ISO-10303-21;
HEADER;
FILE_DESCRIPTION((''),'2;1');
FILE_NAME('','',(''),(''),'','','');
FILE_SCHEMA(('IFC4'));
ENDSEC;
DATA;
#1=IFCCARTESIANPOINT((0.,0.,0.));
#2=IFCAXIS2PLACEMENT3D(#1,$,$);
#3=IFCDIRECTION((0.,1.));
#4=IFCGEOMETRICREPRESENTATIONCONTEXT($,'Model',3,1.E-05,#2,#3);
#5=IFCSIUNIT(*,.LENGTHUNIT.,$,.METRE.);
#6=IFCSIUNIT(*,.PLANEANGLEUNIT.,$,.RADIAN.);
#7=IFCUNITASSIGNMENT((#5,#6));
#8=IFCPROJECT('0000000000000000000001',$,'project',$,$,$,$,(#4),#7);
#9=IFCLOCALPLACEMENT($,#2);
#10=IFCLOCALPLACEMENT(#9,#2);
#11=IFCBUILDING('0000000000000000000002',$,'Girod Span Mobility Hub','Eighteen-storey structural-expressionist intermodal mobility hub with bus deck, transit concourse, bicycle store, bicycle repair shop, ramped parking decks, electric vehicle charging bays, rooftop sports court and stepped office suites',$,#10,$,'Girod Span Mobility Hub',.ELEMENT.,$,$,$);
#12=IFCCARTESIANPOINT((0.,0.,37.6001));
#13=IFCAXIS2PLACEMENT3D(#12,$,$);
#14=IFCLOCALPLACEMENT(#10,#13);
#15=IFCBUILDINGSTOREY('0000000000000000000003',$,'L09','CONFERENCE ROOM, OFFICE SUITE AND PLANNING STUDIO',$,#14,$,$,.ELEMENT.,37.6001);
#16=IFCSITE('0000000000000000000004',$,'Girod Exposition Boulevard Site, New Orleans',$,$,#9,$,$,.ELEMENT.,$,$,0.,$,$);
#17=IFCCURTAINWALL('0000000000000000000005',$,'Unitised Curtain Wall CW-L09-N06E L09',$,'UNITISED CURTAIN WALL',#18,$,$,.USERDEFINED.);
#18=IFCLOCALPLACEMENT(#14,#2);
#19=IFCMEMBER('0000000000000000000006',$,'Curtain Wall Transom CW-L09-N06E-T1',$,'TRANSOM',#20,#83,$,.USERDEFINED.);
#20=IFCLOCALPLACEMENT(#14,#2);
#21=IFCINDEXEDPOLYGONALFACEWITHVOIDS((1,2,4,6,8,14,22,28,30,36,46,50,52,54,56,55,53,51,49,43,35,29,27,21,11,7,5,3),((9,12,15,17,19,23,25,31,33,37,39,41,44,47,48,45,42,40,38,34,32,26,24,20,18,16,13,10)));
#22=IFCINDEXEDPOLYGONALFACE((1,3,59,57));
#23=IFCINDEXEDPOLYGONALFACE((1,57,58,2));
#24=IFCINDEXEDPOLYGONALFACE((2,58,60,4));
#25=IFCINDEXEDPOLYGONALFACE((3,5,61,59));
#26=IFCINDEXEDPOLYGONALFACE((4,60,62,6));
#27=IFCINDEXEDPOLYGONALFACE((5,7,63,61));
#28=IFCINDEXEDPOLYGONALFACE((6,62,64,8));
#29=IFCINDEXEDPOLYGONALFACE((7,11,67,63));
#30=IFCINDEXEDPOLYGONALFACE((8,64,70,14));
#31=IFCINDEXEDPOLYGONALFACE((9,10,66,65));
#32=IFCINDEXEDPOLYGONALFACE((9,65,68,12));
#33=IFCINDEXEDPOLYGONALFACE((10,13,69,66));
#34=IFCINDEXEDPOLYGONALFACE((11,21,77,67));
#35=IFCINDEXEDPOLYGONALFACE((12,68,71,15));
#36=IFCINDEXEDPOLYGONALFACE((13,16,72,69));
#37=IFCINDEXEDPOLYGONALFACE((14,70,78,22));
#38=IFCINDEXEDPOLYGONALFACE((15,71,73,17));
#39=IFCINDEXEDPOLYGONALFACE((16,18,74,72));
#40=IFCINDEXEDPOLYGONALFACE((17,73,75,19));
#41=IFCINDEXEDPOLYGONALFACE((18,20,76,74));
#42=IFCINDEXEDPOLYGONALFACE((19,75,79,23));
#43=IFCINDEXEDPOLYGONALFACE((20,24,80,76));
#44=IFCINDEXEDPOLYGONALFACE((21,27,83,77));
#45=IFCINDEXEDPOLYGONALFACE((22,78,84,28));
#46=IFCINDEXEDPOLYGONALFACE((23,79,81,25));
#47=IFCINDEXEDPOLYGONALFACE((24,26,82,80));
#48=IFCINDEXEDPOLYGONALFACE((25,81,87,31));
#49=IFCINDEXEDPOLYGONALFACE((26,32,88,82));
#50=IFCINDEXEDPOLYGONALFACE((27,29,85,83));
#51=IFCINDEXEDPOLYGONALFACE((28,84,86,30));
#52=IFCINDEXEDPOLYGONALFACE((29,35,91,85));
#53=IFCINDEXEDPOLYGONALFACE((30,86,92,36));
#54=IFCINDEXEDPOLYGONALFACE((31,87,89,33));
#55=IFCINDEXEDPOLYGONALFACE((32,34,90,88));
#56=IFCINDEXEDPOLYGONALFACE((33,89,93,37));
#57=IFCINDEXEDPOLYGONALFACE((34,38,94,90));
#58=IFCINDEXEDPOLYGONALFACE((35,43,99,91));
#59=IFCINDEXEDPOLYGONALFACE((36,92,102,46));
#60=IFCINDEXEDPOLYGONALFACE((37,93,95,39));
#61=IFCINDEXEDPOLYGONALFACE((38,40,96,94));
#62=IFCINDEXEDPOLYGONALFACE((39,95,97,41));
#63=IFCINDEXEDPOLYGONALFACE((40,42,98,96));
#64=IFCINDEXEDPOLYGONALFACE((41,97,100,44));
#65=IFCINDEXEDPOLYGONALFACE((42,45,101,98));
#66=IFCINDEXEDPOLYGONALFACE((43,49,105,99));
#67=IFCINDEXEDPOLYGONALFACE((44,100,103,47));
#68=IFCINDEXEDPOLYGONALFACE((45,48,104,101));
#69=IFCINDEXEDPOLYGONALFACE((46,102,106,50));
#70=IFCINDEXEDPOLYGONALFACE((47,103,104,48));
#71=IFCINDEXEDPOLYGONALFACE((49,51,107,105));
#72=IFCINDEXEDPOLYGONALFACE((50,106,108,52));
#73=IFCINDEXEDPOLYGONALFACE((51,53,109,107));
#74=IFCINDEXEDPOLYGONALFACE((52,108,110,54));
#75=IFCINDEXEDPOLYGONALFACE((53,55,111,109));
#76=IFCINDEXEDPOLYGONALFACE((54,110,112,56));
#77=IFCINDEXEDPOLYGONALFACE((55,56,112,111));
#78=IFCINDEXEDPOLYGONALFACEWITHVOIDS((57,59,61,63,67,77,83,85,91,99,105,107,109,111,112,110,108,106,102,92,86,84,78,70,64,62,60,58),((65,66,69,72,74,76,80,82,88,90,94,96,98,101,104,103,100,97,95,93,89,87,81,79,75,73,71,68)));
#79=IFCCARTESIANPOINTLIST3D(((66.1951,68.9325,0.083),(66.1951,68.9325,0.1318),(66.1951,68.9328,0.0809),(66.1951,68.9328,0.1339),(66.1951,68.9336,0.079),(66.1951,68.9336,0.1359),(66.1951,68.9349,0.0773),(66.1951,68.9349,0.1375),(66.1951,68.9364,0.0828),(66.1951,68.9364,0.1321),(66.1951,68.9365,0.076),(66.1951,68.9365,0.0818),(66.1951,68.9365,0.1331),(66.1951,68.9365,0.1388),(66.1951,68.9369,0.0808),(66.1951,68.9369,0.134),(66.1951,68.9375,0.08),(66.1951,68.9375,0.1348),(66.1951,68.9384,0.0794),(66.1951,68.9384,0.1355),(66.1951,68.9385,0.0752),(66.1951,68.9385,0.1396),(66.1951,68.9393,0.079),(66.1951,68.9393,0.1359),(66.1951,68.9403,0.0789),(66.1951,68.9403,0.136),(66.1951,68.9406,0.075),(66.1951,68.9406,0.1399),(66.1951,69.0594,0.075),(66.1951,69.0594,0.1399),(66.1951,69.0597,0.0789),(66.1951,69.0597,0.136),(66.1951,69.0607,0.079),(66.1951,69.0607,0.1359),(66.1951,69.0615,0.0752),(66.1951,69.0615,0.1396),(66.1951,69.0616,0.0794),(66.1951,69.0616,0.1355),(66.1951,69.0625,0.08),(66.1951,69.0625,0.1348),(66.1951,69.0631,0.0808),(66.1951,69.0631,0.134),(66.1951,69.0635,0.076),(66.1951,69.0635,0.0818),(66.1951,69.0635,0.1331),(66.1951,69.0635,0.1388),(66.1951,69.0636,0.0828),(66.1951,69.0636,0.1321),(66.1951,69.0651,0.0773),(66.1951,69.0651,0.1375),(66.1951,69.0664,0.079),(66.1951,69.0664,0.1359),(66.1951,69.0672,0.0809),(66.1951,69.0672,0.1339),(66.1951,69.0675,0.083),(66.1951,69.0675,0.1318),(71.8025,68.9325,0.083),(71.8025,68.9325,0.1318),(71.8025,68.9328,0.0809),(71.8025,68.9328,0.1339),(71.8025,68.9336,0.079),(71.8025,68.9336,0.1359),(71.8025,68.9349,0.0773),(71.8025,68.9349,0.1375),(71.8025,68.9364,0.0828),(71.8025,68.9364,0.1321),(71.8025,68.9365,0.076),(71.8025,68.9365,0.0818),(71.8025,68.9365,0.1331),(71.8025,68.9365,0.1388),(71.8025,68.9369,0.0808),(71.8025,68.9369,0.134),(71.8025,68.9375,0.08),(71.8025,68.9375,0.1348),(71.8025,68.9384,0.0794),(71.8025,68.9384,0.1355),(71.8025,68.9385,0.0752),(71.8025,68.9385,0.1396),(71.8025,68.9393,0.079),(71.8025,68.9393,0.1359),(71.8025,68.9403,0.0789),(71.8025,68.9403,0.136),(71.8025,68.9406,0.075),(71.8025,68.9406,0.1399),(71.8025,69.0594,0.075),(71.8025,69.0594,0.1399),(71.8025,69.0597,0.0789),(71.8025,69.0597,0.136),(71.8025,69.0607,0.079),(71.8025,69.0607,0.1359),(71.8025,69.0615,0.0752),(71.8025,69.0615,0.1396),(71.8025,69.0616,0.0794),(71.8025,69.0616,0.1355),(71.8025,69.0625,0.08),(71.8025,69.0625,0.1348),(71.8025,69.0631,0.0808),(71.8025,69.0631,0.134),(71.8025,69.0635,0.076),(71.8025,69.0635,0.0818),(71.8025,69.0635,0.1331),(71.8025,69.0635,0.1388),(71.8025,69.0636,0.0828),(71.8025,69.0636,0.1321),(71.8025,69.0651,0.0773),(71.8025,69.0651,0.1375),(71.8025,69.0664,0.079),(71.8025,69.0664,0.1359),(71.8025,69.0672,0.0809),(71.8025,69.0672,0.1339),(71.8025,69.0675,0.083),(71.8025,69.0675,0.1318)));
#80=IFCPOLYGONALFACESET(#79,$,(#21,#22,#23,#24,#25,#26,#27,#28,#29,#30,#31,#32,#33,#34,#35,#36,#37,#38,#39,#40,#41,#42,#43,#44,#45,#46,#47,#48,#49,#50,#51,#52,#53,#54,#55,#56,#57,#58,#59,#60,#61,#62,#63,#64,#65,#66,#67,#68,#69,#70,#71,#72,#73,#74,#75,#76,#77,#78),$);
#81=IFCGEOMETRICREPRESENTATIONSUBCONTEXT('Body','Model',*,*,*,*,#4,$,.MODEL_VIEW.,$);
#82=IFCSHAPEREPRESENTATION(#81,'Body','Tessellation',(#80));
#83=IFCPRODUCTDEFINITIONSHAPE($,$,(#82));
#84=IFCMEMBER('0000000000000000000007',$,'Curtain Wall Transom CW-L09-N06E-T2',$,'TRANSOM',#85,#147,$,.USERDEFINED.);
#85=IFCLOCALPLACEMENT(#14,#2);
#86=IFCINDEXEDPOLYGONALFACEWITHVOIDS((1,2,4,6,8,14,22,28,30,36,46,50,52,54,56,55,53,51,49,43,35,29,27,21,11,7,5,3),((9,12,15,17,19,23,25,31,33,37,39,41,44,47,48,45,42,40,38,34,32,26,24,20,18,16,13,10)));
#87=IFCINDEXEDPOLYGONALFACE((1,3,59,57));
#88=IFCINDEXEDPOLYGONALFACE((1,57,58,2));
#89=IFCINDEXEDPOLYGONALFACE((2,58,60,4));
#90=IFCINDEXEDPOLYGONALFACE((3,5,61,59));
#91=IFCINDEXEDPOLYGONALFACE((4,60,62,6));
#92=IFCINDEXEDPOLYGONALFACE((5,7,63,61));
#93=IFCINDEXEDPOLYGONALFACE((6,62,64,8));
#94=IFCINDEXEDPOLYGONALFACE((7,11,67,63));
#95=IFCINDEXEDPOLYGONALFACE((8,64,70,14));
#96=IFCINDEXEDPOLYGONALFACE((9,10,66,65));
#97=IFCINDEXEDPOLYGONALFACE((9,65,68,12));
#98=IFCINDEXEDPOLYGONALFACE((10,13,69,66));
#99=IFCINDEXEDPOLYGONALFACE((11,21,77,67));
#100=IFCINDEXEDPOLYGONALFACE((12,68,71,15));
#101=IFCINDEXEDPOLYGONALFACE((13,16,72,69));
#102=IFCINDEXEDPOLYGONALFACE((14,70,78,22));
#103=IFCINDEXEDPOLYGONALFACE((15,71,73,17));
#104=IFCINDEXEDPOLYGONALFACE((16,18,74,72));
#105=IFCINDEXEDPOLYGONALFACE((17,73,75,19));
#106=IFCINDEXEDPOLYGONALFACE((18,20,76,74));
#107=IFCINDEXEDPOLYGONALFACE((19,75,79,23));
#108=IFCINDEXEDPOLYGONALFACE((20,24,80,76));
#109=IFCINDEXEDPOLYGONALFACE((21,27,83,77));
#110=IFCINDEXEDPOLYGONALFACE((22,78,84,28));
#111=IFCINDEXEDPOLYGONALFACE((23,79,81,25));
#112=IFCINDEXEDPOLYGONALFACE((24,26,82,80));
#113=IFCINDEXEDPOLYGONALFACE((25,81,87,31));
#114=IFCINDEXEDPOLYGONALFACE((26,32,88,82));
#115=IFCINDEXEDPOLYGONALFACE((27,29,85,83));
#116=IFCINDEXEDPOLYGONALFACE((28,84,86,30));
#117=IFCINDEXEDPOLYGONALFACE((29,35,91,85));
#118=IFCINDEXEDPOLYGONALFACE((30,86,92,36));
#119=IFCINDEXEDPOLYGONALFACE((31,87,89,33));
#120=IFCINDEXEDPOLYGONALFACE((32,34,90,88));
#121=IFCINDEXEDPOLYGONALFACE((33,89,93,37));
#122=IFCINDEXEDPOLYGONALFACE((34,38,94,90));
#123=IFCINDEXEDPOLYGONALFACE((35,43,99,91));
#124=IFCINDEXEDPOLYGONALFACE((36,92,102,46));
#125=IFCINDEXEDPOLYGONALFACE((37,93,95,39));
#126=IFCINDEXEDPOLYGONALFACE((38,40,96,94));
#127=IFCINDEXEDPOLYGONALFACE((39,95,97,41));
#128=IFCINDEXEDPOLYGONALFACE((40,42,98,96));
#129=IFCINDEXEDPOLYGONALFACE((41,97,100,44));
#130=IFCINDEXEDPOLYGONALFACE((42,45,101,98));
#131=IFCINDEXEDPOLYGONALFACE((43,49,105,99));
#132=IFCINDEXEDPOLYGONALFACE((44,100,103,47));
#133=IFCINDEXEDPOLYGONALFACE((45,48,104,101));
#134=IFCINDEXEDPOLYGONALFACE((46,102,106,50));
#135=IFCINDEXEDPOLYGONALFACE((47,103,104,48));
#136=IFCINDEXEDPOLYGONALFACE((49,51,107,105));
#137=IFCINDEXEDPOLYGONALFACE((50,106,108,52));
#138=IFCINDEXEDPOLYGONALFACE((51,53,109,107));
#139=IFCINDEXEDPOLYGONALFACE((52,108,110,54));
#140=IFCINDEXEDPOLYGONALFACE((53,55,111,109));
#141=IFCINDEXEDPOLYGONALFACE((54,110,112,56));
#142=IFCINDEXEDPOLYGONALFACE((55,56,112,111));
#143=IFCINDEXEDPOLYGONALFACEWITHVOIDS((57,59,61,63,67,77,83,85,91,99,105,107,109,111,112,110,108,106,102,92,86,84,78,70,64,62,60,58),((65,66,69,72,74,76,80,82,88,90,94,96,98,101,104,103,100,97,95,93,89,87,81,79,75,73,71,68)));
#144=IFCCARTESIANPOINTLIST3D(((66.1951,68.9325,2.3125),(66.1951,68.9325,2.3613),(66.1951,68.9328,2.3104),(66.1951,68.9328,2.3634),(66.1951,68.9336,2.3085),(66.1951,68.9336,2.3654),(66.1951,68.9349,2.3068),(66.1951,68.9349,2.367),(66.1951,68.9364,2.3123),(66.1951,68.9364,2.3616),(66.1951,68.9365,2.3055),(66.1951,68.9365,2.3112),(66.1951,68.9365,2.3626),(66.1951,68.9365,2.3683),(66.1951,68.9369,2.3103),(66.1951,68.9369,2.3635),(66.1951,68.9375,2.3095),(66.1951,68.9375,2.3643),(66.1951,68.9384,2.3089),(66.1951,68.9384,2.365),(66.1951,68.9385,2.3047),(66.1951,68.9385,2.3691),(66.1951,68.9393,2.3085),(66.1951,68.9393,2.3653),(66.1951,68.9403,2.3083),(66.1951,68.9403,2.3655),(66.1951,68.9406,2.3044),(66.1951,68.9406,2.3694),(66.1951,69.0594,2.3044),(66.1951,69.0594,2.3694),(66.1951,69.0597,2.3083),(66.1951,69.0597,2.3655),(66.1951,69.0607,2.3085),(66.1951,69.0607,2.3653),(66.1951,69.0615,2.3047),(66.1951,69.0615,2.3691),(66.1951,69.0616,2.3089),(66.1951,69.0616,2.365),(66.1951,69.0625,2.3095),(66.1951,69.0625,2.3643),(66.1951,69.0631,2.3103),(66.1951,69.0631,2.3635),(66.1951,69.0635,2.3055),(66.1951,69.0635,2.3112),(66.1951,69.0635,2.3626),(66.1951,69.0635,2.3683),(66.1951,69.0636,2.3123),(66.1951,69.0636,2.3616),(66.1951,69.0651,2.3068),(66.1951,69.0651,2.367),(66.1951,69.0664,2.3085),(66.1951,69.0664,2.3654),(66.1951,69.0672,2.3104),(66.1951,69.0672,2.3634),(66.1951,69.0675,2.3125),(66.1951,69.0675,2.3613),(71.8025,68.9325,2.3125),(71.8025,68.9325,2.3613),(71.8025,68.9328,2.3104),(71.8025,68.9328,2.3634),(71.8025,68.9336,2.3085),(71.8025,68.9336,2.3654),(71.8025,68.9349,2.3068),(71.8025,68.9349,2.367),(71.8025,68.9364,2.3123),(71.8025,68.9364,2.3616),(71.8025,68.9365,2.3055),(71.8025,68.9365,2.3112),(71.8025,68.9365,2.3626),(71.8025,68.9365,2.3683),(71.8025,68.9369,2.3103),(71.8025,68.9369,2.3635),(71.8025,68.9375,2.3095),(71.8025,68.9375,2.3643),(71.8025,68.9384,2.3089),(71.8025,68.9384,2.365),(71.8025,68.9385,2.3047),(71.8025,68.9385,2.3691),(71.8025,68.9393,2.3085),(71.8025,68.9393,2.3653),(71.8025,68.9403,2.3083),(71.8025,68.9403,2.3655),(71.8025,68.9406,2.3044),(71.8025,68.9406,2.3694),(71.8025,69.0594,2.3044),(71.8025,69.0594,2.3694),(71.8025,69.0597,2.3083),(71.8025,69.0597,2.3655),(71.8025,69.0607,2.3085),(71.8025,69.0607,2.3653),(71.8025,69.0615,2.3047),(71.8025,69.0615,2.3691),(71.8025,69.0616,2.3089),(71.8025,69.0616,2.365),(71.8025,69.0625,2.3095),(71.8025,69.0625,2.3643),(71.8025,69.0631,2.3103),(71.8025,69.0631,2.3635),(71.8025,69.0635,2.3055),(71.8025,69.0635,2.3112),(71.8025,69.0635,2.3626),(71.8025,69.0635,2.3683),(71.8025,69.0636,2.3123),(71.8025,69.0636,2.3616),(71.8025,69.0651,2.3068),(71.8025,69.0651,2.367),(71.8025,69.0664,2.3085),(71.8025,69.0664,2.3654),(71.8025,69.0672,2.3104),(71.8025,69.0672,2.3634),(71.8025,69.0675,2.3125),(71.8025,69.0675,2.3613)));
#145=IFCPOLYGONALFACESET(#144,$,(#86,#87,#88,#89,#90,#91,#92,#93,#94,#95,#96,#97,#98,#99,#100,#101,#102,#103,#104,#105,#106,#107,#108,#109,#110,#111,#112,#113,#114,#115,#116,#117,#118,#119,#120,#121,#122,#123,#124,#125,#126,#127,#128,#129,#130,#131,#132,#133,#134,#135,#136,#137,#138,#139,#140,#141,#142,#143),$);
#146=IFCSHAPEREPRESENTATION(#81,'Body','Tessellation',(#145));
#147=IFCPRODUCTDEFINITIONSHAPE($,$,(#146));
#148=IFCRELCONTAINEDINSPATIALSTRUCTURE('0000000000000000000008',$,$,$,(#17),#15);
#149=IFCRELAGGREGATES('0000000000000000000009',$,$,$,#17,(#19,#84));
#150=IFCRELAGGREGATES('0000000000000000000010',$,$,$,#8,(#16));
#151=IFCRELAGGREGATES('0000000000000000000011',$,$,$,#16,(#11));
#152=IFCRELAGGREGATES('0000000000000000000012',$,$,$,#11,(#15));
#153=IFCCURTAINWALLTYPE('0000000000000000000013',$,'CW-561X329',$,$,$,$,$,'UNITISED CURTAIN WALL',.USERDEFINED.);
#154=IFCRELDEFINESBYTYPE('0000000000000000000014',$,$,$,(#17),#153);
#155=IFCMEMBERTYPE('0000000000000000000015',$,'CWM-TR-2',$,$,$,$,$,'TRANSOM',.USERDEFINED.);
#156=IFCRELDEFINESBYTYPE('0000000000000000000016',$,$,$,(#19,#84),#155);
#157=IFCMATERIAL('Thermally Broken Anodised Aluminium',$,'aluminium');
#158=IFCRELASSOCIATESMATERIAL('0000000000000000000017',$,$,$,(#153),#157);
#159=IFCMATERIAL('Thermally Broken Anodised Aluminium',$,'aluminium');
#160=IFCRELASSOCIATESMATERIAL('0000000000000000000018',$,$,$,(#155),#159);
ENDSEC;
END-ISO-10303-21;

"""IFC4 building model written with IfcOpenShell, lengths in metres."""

from ifc_helpers import new_model, si_unit, direction, frame, origin, origin_2d, place, context, subcontext, project, spatial, hollow_rectangle, extrude, material, material_profile, profile_set, type_object, element, aggregate, save


model = new_model("IFC4")

# Units and contexts
model_context = context("Model", 3, precision=1e-05, world=origin(), true_north=direction((0.0, 1.0)))
body_context = subcontext(model_context, "Body", "Model", "MODEL_VIEW")
ifc_project = project(units=[si_unit("LENGTHUNIT", "METRE"), si_unit("PLANEANGLEUNIT", "RADIAN")], contexts=[model_context])

# Site, building, storey
site_placement = place(None, origin())
site = spatial("IfcSite", under=ifc_project, at=site_placement, Name="Girod Exposition Boulevard Site, New Orleans", CompositionType="ELEMENT", RefElevation=0.0)
building_placement = place(site_placement, origin())
building = spatial("IfcBuilding", under=site, at=building_placement, Name="Girod Span Mobility Hub", Description="Eighteen-storey structural-expressionist intermodal mobility hub with bus deck, transit concourse, bicycle store, bicycle repair shop, ramped parking decks, electric vehicle charging bays, rooftop sports court and stepped office suites", LongName="Girod Span Mobility Hub", CompositionType="ELEMENT")
storey_placement = place(building_placement, frame((0.0, 0.0, 37.6001)))
storey = spatial("IfcBuildingStorey", under=building, at=storey_placement, Name="L09", Description="CONFERENCE ROOM, OFFICE SUITE AND PLANNING STUDIO", CompositionType="ELEMENT", Elevation=37.6001)

# Curtain wall, members
ifc_material_1 = material(Name="Thermally Broken Anodised Aluminium", Category="aluminium")
curtain_wall_type = type_object("IfcCurtainWallType", Name="CW-561X329", ElementType="UNITISED CURTAIN WALL", PredefinedType="USERDEFINED", material=ifc_material_1)
curtain_wall_1_placement = place(storey_placement, origin())
curtain_wall_1 = element("IfcCurtainWall", 1, at=curtain_wall_1_placement, inside=storey, type_object=curtain_wall_type, Name="Unitised Curtain Wall CW-L09-N06E L09", ObjectType="UNITISED CURTAIN WALL", PredefinedType="USERDEFINED")
ifc_material_2 = material(Name="Thermally Broken Anodised Aluminium", Category="aluminium")
ifc_material_profile_1 = material_profile(ifc_material_2, hollow_rectangle(XDim=0.135, YDim=0.0649, WallThickness=0.0039, InnerFilletRadius=0.0039, OuterFilletRadius=0.0081, at=origin_2d()), Name="CW-TR-65X135")
ifc_profile_set_1 = profile_set([ifc_material_profile_1], Name="Thermally Broken Anodised Aluminium")
member_type_1 = type_object("IfcMemberType", Name="CWM-TR-2", ElementType="TRANSOM", PredefinedType="USERDEFINED", material=ifc_profile_set_1)
member_1_placement = place(storey_placement, frame((66.1951, 69.0, 0.1074), z_axis=(1.0, 0.0, 0.0), x_axis=(0.0, 1.0, 0.0)))
member_1 = element("IfcMember", 2, at=member_1_placement, type_object=member_type_1, Name="Curtain Wall Transom CW-L09-N06E-T1", ObjectType="TRANSOM", PredefinedType="USERDEFINED", context=body_context, shape_type="SweptSolid", body=[
    extrude(hollow_rectangle(XDim=0.135, YDim=0.0649, WallThickness=0.0039, InnerFilletRadius=0.0039, OuterFilletRadius=0.0081, at=origin_2d()), origin(), (0.0, 0.0, 1.0), 5.6074),
])
member_2_placement = place(storey_placement, frame((66.1951, 69.0, 2.3369), z_axis=(1.0, 0.0, 0.0), x_axis=(0.0, 1.0, 0.0)))
member_2 = element("IfcMember", 3, at=member_2_placement, type_object=member_type_1, Name="Curtain Wall Transom CW-L09-N06E-T2", ObjectType="TRANSOM", PredefinedType="USERDEFINED", context=body_context, shape_type="SweptSolid", body=[
    extrude(hollow_rectangle(XDim=0.135, YDim=0.0649, WallThickness=0.0039, InnerFilletRadius=0.0039, OuterFilletRadius=0.0081, at=origin_2d()), origin(), (0.0, 0.0, 1.0), 5.6074),
])

aggregate(curtain_wall_1, [member_1, member_2])

save(model, "model.ifc")
